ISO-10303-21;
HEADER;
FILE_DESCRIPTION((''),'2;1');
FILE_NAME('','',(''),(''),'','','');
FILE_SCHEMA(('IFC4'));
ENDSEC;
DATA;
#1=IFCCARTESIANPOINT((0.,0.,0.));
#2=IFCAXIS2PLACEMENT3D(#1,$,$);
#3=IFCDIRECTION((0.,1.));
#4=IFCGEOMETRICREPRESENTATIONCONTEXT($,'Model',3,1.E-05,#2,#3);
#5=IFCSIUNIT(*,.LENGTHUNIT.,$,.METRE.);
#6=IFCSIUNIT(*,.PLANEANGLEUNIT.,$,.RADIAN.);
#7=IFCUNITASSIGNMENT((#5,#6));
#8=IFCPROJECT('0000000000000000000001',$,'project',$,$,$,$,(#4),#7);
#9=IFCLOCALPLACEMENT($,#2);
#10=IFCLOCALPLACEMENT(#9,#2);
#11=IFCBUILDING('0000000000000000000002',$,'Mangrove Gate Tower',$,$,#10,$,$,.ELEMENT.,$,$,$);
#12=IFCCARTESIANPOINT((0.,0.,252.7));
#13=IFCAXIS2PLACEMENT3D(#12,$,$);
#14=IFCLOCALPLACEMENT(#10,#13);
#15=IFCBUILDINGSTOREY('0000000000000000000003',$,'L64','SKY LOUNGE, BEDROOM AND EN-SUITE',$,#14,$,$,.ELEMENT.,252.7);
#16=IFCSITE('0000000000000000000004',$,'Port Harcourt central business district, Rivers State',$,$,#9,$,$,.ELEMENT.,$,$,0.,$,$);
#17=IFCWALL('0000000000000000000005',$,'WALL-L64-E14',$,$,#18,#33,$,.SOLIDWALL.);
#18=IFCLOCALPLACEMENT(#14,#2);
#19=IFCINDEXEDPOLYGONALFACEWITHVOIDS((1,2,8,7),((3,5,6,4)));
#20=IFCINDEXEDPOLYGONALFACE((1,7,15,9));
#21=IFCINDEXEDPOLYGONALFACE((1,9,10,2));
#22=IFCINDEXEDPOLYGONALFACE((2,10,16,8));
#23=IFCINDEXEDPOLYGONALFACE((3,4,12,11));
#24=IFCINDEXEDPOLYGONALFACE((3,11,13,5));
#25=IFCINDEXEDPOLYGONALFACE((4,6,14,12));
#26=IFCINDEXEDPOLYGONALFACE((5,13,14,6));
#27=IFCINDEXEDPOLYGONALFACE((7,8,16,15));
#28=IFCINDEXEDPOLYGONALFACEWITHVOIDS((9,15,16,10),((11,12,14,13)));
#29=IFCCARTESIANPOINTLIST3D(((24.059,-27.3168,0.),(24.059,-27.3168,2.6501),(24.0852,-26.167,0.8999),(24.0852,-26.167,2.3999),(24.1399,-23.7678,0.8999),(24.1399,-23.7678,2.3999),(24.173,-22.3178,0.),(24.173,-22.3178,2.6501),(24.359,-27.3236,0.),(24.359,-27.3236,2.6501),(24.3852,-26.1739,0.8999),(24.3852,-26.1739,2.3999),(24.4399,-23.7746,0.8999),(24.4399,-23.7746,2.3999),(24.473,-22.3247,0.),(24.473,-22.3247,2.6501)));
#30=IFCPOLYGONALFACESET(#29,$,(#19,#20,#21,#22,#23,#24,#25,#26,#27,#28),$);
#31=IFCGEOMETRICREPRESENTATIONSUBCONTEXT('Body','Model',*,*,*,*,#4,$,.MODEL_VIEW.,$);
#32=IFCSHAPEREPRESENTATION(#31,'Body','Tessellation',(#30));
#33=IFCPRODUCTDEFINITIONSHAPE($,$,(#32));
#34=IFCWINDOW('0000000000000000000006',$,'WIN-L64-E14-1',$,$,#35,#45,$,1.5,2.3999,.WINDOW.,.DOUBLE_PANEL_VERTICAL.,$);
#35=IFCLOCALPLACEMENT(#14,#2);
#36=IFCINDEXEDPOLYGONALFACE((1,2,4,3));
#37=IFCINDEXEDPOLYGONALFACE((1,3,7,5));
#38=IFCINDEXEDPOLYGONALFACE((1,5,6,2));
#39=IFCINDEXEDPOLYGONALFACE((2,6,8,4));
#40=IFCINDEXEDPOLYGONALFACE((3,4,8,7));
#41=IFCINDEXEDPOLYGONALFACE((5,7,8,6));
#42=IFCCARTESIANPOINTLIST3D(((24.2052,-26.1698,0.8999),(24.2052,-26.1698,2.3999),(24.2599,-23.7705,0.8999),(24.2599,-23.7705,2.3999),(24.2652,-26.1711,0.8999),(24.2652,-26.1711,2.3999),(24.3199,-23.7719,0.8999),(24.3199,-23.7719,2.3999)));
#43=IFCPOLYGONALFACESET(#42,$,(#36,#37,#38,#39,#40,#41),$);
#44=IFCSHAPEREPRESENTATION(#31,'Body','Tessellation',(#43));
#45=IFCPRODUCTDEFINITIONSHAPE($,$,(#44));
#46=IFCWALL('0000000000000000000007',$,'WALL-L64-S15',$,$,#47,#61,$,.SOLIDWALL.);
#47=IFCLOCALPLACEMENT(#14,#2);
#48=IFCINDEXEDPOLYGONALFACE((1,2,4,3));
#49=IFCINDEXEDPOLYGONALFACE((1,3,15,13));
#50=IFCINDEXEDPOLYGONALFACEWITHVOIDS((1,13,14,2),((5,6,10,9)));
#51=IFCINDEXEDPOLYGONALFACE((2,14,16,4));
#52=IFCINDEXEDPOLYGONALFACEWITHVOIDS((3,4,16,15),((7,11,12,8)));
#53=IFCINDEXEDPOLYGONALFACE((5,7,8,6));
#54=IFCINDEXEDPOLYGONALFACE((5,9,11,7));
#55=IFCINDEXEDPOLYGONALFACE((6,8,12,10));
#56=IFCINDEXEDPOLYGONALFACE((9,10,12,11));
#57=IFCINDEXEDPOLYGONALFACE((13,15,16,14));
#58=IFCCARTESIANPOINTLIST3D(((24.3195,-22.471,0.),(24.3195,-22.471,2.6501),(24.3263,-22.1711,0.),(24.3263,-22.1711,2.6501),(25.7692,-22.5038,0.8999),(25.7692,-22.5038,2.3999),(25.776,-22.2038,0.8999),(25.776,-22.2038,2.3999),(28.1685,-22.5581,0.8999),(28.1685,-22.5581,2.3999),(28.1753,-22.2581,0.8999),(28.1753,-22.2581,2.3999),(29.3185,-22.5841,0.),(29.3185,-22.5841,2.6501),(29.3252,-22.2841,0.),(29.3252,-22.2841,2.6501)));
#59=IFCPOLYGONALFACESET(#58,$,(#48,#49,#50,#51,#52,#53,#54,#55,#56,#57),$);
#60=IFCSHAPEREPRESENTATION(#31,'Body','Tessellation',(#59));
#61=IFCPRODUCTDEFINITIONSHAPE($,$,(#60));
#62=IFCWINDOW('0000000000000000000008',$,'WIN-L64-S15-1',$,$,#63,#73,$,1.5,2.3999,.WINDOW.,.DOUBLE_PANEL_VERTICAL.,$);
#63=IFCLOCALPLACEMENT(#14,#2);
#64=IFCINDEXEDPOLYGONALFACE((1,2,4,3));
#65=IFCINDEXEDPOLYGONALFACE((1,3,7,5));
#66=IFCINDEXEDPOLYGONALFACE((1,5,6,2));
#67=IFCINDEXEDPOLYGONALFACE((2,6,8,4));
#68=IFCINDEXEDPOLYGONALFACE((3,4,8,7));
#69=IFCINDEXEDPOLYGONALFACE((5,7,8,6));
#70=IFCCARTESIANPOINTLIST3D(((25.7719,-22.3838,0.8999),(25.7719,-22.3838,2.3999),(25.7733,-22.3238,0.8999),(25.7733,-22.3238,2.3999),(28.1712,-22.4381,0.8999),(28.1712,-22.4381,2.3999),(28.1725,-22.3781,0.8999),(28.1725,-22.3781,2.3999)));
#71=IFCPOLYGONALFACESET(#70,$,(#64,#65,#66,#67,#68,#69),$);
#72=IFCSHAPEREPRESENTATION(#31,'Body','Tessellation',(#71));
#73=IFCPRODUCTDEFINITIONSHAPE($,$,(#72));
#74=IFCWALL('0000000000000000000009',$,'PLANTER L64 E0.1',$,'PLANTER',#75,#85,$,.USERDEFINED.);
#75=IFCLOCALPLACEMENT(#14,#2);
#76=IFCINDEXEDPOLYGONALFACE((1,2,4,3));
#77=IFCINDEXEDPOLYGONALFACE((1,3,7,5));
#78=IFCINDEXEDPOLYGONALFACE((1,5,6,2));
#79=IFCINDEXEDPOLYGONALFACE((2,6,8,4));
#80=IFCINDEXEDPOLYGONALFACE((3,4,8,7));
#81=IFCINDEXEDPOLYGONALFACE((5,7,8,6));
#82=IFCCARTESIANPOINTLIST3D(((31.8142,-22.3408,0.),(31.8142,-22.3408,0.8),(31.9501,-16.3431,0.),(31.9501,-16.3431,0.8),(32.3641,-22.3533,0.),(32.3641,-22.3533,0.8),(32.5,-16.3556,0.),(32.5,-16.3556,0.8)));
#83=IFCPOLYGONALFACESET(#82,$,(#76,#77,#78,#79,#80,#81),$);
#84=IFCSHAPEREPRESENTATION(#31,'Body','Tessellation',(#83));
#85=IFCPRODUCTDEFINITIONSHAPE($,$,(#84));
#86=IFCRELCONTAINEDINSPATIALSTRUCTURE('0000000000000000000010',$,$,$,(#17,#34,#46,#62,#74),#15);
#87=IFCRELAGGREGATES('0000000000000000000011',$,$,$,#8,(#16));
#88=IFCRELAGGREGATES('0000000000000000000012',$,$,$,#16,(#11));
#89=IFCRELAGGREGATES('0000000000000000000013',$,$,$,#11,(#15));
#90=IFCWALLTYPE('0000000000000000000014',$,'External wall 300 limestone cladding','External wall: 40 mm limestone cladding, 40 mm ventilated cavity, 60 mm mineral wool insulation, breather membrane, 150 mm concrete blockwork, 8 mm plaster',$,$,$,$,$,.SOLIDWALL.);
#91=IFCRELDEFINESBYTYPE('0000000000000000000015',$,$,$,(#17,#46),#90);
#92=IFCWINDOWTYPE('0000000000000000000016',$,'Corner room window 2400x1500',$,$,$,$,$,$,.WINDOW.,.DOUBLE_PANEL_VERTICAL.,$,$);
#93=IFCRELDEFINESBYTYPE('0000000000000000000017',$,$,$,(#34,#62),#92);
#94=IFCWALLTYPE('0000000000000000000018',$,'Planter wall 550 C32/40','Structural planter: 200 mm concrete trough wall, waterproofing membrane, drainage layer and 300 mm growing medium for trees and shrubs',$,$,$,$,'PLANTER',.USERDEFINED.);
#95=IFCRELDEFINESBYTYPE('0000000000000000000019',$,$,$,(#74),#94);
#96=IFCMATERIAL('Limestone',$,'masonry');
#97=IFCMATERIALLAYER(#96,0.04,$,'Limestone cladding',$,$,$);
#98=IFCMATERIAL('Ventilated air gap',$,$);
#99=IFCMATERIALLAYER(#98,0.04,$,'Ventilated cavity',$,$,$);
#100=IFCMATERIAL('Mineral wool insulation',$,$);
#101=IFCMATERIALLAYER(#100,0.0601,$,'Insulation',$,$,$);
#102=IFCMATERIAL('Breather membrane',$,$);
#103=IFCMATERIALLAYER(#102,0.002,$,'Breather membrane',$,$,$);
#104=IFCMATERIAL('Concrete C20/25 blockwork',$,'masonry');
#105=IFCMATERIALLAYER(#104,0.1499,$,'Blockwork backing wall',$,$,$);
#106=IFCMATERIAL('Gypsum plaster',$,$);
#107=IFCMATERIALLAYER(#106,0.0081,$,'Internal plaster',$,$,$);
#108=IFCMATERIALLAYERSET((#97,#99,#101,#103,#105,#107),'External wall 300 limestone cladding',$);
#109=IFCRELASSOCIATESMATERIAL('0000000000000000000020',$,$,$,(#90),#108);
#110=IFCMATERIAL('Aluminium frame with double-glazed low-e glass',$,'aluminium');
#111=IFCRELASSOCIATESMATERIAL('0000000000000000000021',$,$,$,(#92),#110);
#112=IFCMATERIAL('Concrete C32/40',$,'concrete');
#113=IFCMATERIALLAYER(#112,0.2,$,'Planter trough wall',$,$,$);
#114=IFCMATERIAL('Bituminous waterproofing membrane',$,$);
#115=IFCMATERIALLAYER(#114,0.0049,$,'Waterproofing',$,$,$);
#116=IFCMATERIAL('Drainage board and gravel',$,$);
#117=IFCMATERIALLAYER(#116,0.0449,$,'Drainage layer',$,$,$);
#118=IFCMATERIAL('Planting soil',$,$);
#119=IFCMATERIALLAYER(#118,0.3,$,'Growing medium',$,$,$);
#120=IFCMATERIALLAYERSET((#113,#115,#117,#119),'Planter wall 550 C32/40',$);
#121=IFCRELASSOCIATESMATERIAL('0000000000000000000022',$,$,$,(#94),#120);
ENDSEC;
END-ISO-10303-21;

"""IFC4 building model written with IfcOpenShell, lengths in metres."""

from ifc_helpers import new_model, si_unit, direction, frame, frame_2d, origin, place, context, subcontext, project, spatial, rectangle, extrude, material, layer, layer_set, type_object, element, fill, save


model = new_model("IFC4")

# Units and contexts
model_context = context("Model", 3, precision=1e-05, world=origin(), true_north=direction((0.0, 1.0)))
body_context = subcontext(model_context, "Body", "Model", "MODEL_VIEW")
ifc_project = project(units=[si_unit("LENGTHUNIT", "METRE"), si_unit("PLANEANGLEUNIT", "RADIAN")], contexts=[model_context])

# Site, building, storey
site_placement = place(None, origin())
site = spatial("IfcSite", under=ifc_project, at=site_placement, Name="Port Harcourt central business district, Rivers State", CompositionType="ELEMENT", RefElevation=0.0)
building_placement = place(site_placement, origin())
building = spatial("IfcBuilding", under=site, at=building_placement, Name="Mangrove Gate Tower", CompositionType="ELEMENT")
storey_placement = place(building_placement, frame((0.0, 0.0, 252.7)))
storey = spatial("IfcBuildingStorey", under=building, at=storey_placement, Name="L64", Description="SKY LOUNGE, BEDROOM AND EN-SUITE", CompositionType="ELEMENT", Elevation=252.7)

# Shared definitions
ifc_material_1 = material(Name="Limestone", Category="masonry")
ifc_layer_1 = layer(ifc_material_1, 0.04, Name="Limestone cladding")
ifc_material_2 = material(Name="Ventilated air gap")
ifc_layer_2 = layer(ifc_material_2, 0.04, Name="Ventilated cavity")
ifc_material_3 = material(Name="Mineral wool insulation")
ifc_layer_3 = layer(ifc_material_3, 0.0601, Name="Insulation")
ifc_material_4 = material(Name="Breather membrane")
ifc_layer_4 = layer(ifc_material_4, 0.002, Name="Breather membrane")
ifc_material_5 = material(Name="Concrete C20/25 blockwork", Category="masonry")
ifc_layer_5 = layer(ifc_material_5, 0.1499, Name="Blockwork backing wall")
ifc_material_6 = material(Name="Gypsum plaster")
ifc_layer_6 = layer(ifc_material_6, 0.0081, Name="Internal plaster")
ifc_layer_set_1 = layer_set([ifc_layer_1, ifc_layer_2, ifc_layer_3, ifc_layer_4, ifc_layer_5, ifc_layer_6], Name="External wall 300 limestone cladding")
wall_type_1 = type_object("IfcWallType", Name="External wall 300 limestone cladding", Description="External wall: 40 mm limestone cladding, 40 mm ventilated cavity, 60 mm mineral wool insulation, breather membrane, 150 mm concrete blockwork, 8 mm plaster", PredefinedType="SOLIDWALL", material=ifc_layer_set_1)
ifc_material_7 = material(Name="Aluminium frame with double-glazed low-e glass", Category="aluminium")
window_type = type_object("IfcWindowType", Name="Corner room window 2400x1500", PartitioningType="DOUBLE_PANEL_VERTICAL", PredefinedType="WINDOW", material=ifc_material_7)

# Walls, openings, windows
wall_1_placement = place(storey_placement, frame((24.209, -27.3201, 0.0), z_axis=(0.0, 0.0, 1.0), x_axis=(0.022801, 0.99974, 0.0)))
wall_1 = element("IfcWall", 1, at=wall_1_placement, inside=storey, type_object=wall_type_1, Name="WALL-L64-E14", PredefinedType="SOLIDWALL", context=body_context, shape_type="SweptSolid", body=[
    extrude(rectangle(XDim=5.0002, YDim=0.3, at=frame_2d((2.5, 0.0))), origin(), (0.0, 0.0, 1.0), 2.6501),
])
opening_1_placement = place(wall_1_placement, frame((1.1499, 0.0, 0.8999)))
opening_1 = element("IfcOpeningElement", 2, at=opening_1_placement, cuts=wall_1, PredefinedType="OPENING", context=body_context, shape_type="SweptSolid", body=[
    extrude(rectangle(XDim=2.3999, YDim=1.5, at=frame_2d((1.2, 0.75))), frame((0.0, 0.1599, 0.0), z_axis=(0.0, -1.0, 0.0), x_axis=(1.0, 0.0, 0.0)), (0.0, 0.0, 1.0), 0.3201),
])
window_1_placement = place(opening_1_placement, origin())
window_1 = element("IfcWindow", 3, at=window_1_placement, inside=storey, type_object=window_type, Name="WIN-L64-E14-1", OverallHeight=1.5, OverallWidth=2.3999, PartitioningType="DOUBLE_PANEL_VERTICAL", PredefinedType="WINDOW", context=body_context, shape_type="SweptSolid", body=[
    extrude(rectangle(XDim=2.3999, YDim=1.5, at=frame_2d((1.2, 0.75))), frame((0.0, 0.03, 0.0), z_axis=(0.0, -1.0, 0.0), x_axis=(1.0, 0.0, 0.0)), (0.0, 0.0, 1.0), 0.0601),
])
fill(opening_1, window_1)
wall_2_placement = place(storey_placement, frame((24.323, -22.321, 0.0), z_axis=(0.0, 0.0, 1.0), x_axis=(0.999744, -0.022606, 0.0)))
wall_2 = element("IfcWall", 4, at=wall_2_placement, inside=storey, type_object=wall_type_1, Name="WALL-L64-S15", PredefinedType="SOLIDWALL", context=body_context, shape_type="SweptSolid", body=[
    extrude(rectangle(XDim=5.0002, YDim=0.3, at=frame_2d((2.5, 0.0))), origin(), (0.0, 0.0, 1.0), 2.6501),
])
opening_2_placement = place(wall_2_placement, frame((1.45, 0.0, 0.8999)))
opening_2 = element("IfcOpeningElement", 5, at=opening_2_placement, cuts=wall_2, PredefinedType="OPENING", context=body_context, shape_type="SweptSolid", body=[
    extrude(rectangle(XDim=2.3999, YDim=1.5, at=frame_2d((1.2, 0.75))), frame((0.0, 0.1599, 0.0), z_axis=(0.0, -1.0, 0.0), x_axis=(1.0, 0.0, 0.0)), (0.0, 0.0, 1.0), 0.3201),
])
window_2_placement = place(opening_2_placement, origin())
window_2 = element("IfcWindow", 6, at=window_2_placement, inside=storey, type_object=window_type, Name="WIN-L64-S15-1", OverallHeight=1.5, OverallWidth=2.3999, PartitioningType="DOUBLE_PANEL_VERTICAL", PredefinedType="WINDOW", context=body_context, shape_type="SweptSolid", body=[
    extrude(rectangle(XDim=2.3999, YDim=1.5, at=frame_2d((1.2, 0.75))), frame((0.0, 0.03, 0.0), z_axis=(0.0, -1.0, 0.0), x_axis=(1.0, 0.0, 0.0)), (0.0, 0.0, 1.0), 0.0601),
])
fill(opening_2, window_2)

# Wall
ifc_material_8 = material(Name="Concrete C32/40", Category="concrete")
ifc_layer_7 = layer(ifc_material_8, 0.2, Name="Planter trough wall")
ifc_material_9 = material(Name="Bituminous waterproofing membrane")
ifc_layer_8 = layer(ifc_material_9, 0.0049, Name="Waterproofing")
ifc_material_10 = material(Name="Drainage board and gravel")
ifc_layer_9 = layer(ifc_material_10, 0.0449, Name="Drainage layer")
ifc_material_11 = material(Name="Planting soil")
ifc_layer_10 = layer(ifc_material_11, 0.3, Name="Growing medium")
ifc_layer_set_2 = layer_set([ifc_layer_7, ifc_layer_8, ifc_layer_9, ifc_layer_10], Name="Planter wall 550 C32/40")
wall_type_2 = type_object("IfcWallType", Name="Planter wall 550 C32/40", Description="Structural planter: 200 mm concrete trough wall, waterproofing membrane, drainage layer and 300 mm growing medium for trees and shrubs", ElementType="PLANTER", PredefinedType="USERDEFINED", material=ifc_layer_set_2)
wall_3_placement = place(storey_placement, frame((32.0891, -22.3469, 0.0), z_axis=(0.0, 0.0, 1.0), x_axis=(0.022667, 0.999743, 0.0)))
element("IfcWall", 7, at=wall_3_placement, inside=storey, type_object=wall_type_2, Name="PLANTER L64 E0.1", ObjectType="PLANTER", PredefinedType="USERDEFINED", context=body_context, shape_type="SweptSolid", body=[
    extrude(rectangle(XDim=5.9993, YDim=0.55, at=frame_2d((2.9995, 0.0))), origin(), (0.0, 0.0, 1.0), 0.8),
])

save(model, "model.ifc")
